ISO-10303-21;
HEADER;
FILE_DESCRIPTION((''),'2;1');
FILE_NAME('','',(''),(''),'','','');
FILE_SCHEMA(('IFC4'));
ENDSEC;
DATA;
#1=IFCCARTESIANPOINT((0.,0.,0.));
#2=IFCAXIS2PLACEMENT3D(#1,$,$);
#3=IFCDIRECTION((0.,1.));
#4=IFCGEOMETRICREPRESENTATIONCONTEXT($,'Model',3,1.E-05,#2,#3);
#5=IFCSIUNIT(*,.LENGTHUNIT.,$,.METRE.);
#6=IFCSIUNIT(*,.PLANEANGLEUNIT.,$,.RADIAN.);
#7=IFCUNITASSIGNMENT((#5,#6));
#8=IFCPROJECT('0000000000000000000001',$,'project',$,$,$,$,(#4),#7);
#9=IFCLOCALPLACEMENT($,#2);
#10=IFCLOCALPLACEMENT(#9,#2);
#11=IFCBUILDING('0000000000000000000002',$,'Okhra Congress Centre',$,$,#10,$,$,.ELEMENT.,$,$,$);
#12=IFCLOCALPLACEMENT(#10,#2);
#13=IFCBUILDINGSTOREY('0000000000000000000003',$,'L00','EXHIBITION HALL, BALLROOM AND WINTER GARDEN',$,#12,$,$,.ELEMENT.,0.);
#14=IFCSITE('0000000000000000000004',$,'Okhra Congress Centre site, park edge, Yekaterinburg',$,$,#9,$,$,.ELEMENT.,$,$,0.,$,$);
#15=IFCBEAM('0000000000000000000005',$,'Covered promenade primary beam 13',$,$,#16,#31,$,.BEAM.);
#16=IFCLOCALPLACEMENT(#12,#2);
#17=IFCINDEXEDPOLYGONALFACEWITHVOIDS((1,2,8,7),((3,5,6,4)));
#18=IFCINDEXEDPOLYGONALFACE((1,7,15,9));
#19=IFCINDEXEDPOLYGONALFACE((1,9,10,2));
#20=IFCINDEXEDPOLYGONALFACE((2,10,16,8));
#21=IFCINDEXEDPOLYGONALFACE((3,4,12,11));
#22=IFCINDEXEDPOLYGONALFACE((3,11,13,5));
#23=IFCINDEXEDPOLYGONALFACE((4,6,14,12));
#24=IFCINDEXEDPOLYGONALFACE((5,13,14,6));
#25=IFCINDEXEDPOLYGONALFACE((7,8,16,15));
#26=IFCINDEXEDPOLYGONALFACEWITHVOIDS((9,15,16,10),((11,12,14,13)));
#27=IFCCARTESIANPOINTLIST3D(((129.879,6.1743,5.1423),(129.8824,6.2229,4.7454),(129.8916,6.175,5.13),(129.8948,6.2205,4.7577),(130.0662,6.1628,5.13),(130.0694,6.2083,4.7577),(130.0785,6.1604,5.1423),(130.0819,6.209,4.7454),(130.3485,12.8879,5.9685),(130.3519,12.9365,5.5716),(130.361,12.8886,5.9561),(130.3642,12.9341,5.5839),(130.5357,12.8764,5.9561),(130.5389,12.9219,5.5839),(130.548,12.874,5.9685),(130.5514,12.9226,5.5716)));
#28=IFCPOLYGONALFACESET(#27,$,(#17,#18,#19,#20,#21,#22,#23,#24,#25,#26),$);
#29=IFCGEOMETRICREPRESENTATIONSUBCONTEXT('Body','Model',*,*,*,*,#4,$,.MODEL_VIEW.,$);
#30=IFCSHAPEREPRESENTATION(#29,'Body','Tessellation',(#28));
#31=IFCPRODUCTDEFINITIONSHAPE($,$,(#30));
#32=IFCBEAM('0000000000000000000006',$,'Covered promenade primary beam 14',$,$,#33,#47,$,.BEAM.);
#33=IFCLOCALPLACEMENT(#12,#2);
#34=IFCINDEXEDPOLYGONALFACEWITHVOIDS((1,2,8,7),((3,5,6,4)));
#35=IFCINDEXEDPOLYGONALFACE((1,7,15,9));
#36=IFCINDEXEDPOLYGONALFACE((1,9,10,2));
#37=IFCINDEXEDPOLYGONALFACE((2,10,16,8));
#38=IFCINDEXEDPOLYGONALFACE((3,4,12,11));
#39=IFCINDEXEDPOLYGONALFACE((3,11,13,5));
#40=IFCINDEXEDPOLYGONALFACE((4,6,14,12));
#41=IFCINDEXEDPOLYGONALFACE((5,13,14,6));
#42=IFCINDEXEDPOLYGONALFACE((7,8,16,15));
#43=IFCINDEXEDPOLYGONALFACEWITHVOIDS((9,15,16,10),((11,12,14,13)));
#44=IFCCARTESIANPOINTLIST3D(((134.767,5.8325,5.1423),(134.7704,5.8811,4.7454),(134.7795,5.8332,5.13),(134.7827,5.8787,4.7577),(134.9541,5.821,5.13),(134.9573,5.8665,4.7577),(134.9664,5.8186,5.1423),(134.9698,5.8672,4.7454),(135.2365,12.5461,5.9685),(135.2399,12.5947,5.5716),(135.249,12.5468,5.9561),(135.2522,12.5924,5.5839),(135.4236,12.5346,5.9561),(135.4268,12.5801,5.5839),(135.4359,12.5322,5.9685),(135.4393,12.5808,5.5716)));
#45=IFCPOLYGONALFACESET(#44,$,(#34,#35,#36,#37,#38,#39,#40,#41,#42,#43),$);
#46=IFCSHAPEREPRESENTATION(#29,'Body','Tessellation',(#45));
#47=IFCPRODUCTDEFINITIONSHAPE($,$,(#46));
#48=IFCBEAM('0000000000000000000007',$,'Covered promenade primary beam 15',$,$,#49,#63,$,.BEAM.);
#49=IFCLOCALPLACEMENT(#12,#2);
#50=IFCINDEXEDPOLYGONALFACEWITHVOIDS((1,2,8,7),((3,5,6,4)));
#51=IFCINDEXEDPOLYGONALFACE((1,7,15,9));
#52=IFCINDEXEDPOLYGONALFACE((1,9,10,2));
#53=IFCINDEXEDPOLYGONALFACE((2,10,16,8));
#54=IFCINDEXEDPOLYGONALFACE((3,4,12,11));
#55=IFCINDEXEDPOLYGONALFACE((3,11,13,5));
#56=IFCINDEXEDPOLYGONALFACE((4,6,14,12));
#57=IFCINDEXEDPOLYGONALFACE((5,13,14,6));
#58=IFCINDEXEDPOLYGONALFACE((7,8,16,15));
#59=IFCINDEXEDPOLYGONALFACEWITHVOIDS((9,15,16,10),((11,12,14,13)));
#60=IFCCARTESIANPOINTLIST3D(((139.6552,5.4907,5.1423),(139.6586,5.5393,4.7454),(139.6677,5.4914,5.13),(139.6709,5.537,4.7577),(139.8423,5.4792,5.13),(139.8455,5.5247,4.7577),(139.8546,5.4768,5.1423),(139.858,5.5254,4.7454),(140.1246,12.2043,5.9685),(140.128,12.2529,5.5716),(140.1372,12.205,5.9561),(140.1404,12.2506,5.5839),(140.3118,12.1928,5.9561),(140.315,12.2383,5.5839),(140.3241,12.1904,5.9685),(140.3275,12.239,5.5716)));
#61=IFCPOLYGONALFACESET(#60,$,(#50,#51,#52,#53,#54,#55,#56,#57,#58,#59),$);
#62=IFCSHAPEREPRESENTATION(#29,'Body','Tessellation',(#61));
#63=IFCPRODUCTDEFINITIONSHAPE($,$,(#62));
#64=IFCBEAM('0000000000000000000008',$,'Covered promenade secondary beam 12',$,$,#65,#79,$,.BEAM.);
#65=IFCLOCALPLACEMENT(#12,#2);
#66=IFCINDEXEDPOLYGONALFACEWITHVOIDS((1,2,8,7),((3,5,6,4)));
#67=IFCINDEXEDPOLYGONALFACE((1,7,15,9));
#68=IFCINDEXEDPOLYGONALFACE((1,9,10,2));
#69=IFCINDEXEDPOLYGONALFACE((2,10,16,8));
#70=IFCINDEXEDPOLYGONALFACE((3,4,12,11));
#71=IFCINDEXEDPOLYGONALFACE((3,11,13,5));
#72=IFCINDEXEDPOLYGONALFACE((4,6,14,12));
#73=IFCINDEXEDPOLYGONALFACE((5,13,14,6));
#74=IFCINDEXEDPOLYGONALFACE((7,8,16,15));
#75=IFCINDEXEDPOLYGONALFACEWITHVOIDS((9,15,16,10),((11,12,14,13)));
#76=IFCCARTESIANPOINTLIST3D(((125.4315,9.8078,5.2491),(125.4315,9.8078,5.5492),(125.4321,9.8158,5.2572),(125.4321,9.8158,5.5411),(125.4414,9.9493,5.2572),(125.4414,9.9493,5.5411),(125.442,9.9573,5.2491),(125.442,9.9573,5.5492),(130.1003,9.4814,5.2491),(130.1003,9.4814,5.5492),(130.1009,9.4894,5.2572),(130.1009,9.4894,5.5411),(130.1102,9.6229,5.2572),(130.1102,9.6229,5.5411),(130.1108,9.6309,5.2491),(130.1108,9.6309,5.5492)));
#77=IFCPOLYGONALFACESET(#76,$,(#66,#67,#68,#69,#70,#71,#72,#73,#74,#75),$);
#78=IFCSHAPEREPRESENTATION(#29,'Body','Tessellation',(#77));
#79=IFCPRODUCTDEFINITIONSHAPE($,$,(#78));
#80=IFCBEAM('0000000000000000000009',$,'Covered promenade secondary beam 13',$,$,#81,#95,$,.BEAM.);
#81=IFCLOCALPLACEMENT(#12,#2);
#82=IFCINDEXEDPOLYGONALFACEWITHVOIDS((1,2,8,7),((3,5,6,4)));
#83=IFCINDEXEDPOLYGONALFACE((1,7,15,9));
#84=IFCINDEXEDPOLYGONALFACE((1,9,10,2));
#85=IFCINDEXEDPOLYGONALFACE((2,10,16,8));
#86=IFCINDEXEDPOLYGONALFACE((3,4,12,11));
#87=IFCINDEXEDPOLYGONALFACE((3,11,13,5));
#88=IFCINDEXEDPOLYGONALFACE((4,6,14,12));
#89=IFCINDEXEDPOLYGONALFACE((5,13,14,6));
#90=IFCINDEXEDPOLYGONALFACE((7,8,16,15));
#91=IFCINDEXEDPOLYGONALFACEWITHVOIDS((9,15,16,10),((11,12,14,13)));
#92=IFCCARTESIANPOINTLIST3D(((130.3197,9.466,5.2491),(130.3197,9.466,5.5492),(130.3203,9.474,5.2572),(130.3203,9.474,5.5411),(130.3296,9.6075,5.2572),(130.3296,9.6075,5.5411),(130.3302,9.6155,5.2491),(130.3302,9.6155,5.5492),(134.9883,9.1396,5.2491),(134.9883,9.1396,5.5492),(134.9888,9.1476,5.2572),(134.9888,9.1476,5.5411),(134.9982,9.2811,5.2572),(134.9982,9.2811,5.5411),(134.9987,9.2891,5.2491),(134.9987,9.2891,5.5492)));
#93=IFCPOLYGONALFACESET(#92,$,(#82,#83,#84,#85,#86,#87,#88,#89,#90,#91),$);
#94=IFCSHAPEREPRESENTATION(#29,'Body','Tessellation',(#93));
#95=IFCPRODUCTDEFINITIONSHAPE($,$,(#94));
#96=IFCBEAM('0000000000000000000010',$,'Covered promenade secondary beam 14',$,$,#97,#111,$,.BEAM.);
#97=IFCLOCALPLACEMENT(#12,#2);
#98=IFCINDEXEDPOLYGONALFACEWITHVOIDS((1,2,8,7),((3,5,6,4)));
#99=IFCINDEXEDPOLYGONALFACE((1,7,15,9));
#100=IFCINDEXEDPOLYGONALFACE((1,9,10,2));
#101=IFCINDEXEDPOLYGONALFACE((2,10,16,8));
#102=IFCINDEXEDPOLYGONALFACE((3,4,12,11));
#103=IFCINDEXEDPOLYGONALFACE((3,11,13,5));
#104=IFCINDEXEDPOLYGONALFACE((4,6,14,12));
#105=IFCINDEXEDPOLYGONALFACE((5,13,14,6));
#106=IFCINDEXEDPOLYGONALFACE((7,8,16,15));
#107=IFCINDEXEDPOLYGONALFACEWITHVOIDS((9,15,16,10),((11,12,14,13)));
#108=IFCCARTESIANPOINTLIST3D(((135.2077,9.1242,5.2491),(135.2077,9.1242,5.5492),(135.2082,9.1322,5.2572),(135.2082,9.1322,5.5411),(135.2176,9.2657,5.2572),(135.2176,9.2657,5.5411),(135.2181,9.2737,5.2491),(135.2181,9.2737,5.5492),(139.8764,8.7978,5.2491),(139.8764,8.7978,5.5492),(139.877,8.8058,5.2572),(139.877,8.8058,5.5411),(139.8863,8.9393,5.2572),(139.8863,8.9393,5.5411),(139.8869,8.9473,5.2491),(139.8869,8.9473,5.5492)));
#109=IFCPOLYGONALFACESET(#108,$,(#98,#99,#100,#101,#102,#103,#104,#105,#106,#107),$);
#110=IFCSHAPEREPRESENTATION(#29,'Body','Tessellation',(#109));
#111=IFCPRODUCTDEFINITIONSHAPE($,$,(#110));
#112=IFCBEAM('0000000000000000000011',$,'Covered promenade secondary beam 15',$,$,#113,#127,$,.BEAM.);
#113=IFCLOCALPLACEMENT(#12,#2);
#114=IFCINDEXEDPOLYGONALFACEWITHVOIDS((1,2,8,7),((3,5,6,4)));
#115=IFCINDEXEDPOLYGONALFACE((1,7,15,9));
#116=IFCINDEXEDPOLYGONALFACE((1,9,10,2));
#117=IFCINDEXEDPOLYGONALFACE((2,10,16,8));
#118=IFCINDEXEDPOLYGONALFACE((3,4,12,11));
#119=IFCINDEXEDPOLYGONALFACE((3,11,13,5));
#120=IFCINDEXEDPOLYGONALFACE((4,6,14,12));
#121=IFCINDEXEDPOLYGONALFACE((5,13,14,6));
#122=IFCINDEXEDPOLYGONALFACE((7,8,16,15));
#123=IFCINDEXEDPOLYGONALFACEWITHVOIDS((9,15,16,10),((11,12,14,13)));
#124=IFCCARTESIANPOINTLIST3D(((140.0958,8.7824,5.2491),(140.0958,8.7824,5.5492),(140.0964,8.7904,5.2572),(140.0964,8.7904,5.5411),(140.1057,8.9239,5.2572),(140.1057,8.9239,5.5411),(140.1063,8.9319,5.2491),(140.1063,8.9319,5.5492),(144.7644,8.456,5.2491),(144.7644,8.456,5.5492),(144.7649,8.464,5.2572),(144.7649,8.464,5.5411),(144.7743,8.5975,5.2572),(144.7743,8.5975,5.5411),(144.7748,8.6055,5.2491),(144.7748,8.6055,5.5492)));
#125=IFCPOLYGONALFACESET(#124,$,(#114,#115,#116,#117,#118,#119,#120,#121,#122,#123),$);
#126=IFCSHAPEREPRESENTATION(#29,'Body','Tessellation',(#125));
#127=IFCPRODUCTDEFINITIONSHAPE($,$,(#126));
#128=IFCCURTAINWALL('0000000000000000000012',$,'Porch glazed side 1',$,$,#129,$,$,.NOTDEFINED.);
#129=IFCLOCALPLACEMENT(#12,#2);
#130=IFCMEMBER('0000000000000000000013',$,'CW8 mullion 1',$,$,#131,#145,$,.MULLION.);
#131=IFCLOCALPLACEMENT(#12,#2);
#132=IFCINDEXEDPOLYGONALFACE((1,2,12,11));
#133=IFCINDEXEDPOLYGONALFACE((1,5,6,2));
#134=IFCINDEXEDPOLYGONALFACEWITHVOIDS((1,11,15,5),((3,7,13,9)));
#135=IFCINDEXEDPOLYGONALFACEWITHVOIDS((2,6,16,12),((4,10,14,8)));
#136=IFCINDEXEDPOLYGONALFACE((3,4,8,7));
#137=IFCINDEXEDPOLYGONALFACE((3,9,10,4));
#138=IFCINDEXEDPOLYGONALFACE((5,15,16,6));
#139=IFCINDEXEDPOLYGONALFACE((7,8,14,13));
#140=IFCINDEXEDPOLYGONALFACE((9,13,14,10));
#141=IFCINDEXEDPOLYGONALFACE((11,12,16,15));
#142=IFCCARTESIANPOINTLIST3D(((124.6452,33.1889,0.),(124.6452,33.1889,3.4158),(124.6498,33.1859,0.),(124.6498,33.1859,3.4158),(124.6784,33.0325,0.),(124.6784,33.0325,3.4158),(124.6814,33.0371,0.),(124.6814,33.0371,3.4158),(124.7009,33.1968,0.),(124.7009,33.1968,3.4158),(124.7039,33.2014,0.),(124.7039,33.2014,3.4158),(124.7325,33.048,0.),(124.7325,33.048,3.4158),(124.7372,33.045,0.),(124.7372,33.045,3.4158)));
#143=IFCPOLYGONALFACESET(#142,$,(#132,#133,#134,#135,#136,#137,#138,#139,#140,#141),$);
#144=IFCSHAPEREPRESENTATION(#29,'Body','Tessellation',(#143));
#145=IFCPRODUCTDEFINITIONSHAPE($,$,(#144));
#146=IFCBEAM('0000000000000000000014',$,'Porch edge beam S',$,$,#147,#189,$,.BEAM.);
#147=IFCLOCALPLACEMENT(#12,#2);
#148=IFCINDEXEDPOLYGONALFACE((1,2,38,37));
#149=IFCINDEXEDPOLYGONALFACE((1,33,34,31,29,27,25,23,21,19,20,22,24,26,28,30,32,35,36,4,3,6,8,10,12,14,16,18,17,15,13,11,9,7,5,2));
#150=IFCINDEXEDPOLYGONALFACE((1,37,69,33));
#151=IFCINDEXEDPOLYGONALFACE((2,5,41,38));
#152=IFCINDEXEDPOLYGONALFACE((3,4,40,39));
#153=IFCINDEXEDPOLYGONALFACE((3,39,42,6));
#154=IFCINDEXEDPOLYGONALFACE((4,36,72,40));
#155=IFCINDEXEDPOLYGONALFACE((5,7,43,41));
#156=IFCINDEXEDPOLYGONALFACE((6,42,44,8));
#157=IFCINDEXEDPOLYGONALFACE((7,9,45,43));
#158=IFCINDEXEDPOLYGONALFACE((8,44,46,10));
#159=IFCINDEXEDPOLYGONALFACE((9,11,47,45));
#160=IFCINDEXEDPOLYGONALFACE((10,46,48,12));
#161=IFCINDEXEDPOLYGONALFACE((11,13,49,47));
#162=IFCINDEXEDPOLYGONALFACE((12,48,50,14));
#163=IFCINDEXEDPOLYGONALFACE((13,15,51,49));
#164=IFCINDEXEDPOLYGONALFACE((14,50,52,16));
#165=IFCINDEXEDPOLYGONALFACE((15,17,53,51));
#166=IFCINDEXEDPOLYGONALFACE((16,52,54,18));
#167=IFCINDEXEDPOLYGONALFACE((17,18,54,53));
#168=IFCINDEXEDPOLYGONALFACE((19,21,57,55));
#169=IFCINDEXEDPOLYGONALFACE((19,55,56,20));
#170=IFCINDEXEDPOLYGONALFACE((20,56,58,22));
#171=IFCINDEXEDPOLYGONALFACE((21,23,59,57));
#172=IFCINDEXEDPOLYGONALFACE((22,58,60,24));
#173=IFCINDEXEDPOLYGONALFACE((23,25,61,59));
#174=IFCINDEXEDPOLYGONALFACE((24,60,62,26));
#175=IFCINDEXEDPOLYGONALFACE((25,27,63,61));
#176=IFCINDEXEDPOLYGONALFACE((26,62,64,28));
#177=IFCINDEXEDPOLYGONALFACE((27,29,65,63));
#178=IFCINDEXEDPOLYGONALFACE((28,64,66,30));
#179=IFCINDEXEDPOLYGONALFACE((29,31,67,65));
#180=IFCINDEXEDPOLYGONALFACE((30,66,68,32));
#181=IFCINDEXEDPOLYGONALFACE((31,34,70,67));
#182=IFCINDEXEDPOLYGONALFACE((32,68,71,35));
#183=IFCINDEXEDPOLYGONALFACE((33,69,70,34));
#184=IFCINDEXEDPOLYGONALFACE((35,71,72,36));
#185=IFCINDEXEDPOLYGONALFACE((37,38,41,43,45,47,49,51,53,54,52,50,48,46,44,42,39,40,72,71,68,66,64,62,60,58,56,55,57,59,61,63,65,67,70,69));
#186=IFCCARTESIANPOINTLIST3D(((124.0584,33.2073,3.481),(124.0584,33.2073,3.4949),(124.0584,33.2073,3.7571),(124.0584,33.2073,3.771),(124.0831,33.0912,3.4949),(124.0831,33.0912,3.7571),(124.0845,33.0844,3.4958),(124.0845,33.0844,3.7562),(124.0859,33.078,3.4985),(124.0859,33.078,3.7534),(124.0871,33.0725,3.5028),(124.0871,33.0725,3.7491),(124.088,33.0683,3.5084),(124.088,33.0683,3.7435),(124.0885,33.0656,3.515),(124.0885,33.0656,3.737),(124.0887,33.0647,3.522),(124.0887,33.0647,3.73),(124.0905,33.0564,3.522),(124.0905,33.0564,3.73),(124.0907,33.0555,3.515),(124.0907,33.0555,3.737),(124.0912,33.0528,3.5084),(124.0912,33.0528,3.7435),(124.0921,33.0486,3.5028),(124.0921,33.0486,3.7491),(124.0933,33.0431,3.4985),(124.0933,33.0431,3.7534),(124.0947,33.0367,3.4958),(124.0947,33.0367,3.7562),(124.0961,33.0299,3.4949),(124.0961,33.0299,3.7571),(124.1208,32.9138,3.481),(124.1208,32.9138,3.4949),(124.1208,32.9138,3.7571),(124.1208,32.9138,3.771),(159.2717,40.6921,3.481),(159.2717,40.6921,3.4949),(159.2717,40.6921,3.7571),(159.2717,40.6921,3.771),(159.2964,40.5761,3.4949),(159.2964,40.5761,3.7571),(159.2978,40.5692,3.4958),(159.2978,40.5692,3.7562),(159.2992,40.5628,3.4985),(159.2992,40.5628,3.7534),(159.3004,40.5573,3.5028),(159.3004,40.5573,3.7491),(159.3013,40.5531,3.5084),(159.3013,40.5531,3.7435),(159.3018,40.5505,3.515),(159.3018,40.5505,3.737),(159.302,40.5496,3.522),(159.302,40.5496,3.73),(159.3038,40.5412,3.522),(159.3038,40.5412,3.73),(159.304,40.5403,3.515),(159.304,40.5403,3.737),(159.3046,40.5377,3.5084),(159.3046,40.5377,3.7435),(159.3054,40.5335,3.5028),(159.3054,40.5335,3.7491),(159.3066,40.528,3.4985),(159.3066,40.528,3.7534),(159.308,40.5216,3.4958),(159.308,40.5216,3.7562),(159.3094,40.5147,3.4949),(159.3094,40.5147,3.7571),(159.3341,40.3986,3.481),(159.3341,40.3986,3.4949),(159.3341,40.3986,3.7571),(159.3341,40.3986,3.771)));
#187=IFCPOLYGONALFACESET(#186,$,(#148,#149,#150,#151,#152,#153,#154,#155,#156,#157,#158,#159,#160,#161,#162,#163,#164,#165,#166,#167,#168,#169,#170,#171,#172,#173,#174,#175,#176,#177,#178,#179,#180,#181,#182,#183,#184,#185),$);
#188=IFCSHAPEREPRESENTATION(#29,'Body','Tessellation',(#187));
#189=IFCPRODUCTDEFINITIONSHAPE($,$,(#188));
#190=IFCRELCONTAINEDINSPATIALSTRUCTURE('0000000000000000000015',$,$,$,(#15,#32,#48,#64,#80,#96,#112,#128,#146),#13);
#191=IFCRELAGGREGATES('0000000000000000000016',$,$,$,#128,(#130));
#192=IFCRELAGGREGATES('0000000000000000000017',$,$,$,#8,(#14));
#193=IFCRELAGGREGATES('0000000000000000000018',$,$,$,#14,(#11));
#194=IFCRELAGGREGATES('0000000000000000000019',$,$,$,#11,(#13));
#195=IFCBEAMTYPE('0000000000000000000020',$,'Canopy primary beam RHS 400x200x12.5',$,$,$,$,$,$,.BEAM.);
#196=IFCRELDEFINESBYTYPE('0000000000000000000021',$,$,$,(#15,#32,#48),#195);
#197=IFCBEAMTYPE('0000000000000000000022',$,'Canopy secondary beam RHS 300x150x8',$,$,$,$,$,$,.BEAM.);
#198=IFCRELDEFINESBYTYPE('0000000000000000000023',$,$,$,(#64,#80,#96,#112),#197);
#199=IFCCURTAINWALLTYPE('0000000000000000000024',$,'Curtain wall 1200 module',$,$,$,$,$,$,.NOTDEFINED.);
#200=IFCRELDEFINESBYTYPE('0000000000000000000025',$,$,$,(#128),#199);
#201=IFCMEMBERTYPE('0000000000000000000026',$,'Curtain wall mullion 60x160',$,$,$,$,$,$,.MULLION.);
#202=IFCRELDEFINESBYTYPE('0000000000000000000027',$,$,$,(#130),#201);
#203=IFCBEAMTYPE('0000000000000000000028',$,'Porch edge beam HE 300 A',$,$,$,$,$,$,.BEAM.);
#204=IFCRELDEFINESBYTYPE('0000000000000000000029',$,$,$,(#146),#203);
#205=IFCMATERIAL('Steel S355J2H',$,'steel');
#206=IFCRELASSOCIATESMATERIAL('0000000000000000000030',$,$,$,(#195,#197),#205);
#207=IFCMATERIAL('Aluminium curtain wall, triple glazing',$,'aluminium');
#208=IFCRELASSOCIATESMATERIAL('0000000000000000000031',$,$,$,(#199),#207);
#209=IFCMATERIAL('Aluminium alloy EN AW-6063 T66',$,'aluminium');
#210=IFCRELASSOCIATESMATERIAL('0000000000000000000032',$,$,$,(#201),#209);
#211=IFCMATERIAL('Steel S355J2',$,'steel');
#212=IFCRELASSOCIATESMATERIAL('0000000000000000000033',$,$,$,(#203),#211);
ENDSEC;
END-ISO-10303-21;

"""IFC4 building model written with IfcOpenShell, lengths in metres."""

from ifc_helpers import new_model, si_unit, direction, frame, origin, origin_2d, place, context, subcontext, project, spatial, hollow_rectangle, i_section, extrude, material, material_profile, profile_set, type_object, element, aggregate, save


model = new_model("IFC4")

# Units and contexts
model_context = context("Model", 3, precision=1e-05, world=origin(), true_north=direction((0.0, 1.0)))
body_context = subcontext(model_context, "Body", "Model", "MODEL_VIEW")
ifc_project = project(units=[si_unit("LENGTHUNIT", "METRE"), si_unit("PLANEANGLEUNIT", "RADIAN")], contexts=[model_context])

# Site, building, storey
site_placement = place(None, origin())
site = spatial("IfcSite", under=ifc_project, at=site_placement, Name="Okhra Congress Centre site, park edge, Yekaterinburg", CompositionType="ELEMENT", RefElevation=0.0)
building_placement = place(site_placement, origin())
building = spatial("IfcBuilding", under=site, at=building_placement, Name="Okhra Congress Centre", CompositionType="ELEMENT")
storey_placement = place(building_placement, origin())
storey = spatial("IfcBuildingStorey", under=building, at=storey_placement, Name="L00", Description="EXHIBITION HALL, BALLROOM AND WINTER GARDEN", CompositionType="ELEMENT", Elevation=0.0)

# Shared definitions
ifc_material_1 = material(Name="Steel S355J2H", Category="steel")

# Beams
ifc_material_profile_1 = material_profile(ifc_material_1, hollow_rectangle(XDim=0.2, YDim=0.3999, WallThickness=0.0125, at=origin_2d()), Name="RHS 400x200x12.5")
ifc_profile_set_1 = profile_set([ifc_material_profile_1], Name="Steel S355J2H")
beam_type_1 = type_object("IfcBeamType", Name="Canopy primary beam RHS 400x200x12.5", PredefinedType="BEAM", material=ifc_profile_set_1)
for number, where, z_axis, x_axis, name in (
    (1, (129.9805, 6.1917, 4.9438), (0.06924, 0.990131, 0.121845), (-0.997564, 0.069759, 0.0), "Covered promenade primary beam 13"),
    (2, (134.8684, 5.8499, 4.9438), (0.06924, 0.990131, 0.121845), (-0.997564, 0.069759, 0.0), "Covered promenade primary beam 14"),
    (3, (139.7566, 5.5081, 4.9438), (0.06924, 0.990131, 0.121845), (-0.997564, 0.069759, 0.0), "Covered promenade primary beam 15"),
):
    element("IfcBeam", number, at=place(storey_placement, frame(where, z_axis=z_axis, x_axis=x_axis)), inside=storey, type_object=beam_type_1, Name=name, PredefinedType="BEAM", context=body_context, shape_type="SweptSolid", body=[
        extrude(hollow_rectangle(XDim=0.2, YDim=0.3999, WallThickness=0.0125, at=origin_2d()), origin(), (0.0, 0.0, 1.0), 6.7805),
    ])
ifc_material_profile_2 = material_profile(ifc_material_1, hollow_rectangle(XDim=0.1499, YDim=0.3, WallThickness=0.0081, at=origin_2d()), Name="RHS 300x150x8")
ifc_profile_set_2 = profile_set([ifc_material_profile_2], Name="Steel S355J2H")
beam_type_2 = type_object("IfcBeamType", Name="Canopy secondary beam RHS 300x150x8", PredefinedType="BEAM", material=ifc_profile_set_2)
beam_1_placement = place(storey_placement, frame((125.4368, 9.8826, 5.3992), z_axis=(0.997565, -0.069746, 0.0), x_axis=(0.069746, 0.997565, 0.0)))
element("IfcBeam", 4, at=beam_1_placement, inside=storey, type_object=beam_type_2, Name="Covered promenade secondary beam 12", PredefinedType="BEAM", context=body_context, shape_type="SweptSolid", body=[
    extrude(hollow_rectangle(XDim=0.1499, YDim=0.3, WallThickness=0.0081, at=origin_2d()), origin(), (0.0, 0.0, 1.0), 4.6802),
])
beam_2_placement = place(storey_placement, frame((130.325, 9.5408, 5.3992), z_axis=(0.997565, -0.069749, 0.0), x_axis=(0.069749, 0.997565, 0.0)))
element("IfcBeam", 5, at=beam_2_placement, inside=storey, type_object=beam_type_2, Name="Covered promenade secondary beam 13", PredefinedType="BEAM", context=body_context, shape_type="SweptSolid", body=[
    extrude(hollow_rectangle(XDim=0.1499, YDim=0.3, WallThickness=0.0081, at=origin_2d()), origin(), (0.0, 0.0, 1.0), 4.6799),
])
beam_3_placement = place(storey_placement, frame((135.2129, 9.199, 5.3992), z_axis=(0.997565, -0.069746, 0.0), x_axis=(0.069746, 0.997565, 0.0)))
element("IfcBeam", 6, at=beam_3_placement, inside=storey, type_object=beam_type_2, Name="Covered promenade secondary beam 14", PredefinedType="BEAM", context=body_context, shape_type="SweptSolid", body=[
    extrude(hollow_rectangle(XDim=0.1499, YDim=0.3, WallThickness=0.0081, at=origin_2d()), origin(), (0.0, 0.0, 1.0), 4.6802),
])
beam_4_placement = place(storey_placement, frame((140.1011, 8.8572, 5.3992), z_axis=(0.997565, -0.069749, 0.0), x_axis=(0.069749, 0.997565, 0.0)))
element("IfcBeam", 7, at=beam_4_placement, inside=storey, type_object=beam_type_2, Name="Covered promenade secondary beam 15", PredefinedType="BEAM", context=body_context, shape_type="SweptSolid", body=[
    extrude(hollow_rectangle(XDim=0.1499, YDim=0.3, WallThickness=0.0081, at=origin_2d()), origin(), (0.0, 0.0, 1.0), 4.6799),
])

# Curtain wall, member
ifc_material_2 = material(Name="Aluminium curtain wall, triple glazing", Category="aluminium")
curtain_wall_type = type_object("IfcCurtainWallType", Name="Curtain wall 1200 module", PredefinedType="NOTDEFINED", material=ifc_material_2)
curtain_wall_placement = place(storey_placement, origin())
curtain_wall = element("IfcCurtainWall", 8, at=curtain_wall_placement, inside=storey, type_object=curtain_wall_type, Name="Porch glazed side 1", PredefinedType="NOTDEFINED")
ifc_material_3 = material(Name="Aluminium alloy EN AW-6063 T66", Category="aluminium")
ifc_material_profile_3 = material_profile(ifc_material_3, hollow_rectangle(XDim=0.0601, YDim=0.1599, WallThickness=0.0039, at=origin_2d()), Name="RHS 60x160x4")
ifc_profile_set_3 = profile_set([ifc_material_profile_3], Name="Aluminium alloy EN AW-6063 T66")
member_type = type_object("IfcMemberType", Name="Curtain wall mullion 60x160", PredefinedType="MULLION", material=ifc_profile_set_3)
member_placement = place(storey_placement, frame((124.6912, 33.1169, 0.0), z_axis=(0.0, 0.0, 1.0), x_axis=(-0.978148, -0.207912, 0.0)))
member = element("IfcMember", 9, at=member_placement, type_object=member_type, Name="CW8 mullion 1", PredefinedType="MULLION", context=body_context, shape_type="SweptSolid", body=[
    extrude(hollow_rectangle(XDim=0.0601, YDim=0.1599, WallThickness=0.0039, at=origin_2d()), origin(), (0.0, 0.0, 1.0), 3.4158),
])
aggregate(curtain_wall, [member])

# Beam
ifc_material_4 = material(Name="Steel S355J2", Category="steel")
ifc_material_profile_4 = material_profile(ifc_material_4, i_section(OverallWidth=0.3, OverallDepth=0.29, WebThickness=0.0085, FlangeThickness=0.0139, FilletRadius=0.0271, at=origin_2d()), Name="HE 300 A")
ifc_profile_set_4 = profile_set([ifc_material_profile_4], Name="Steel S355J2")
beam_type_3 = type_object("IfcBeamType", Name="Porch edge beam HE 300 A", PredefinedType="BEAM", material=ifc_profile_set_4)
beam_5_placement = place(storey_placement, frame((124.0896, 33.0605, 3.626), z_axis=(0.978147, 0.207912, 0.0), x_axis=(-0.207912, 0.978147, 0.0)))
element("IfcBeam", 10, at=beam_5_placement, inside=storey, type_object=beam_type_3, Name="Porch edge beam S", PredefinedType="BEAM", context=body_context, shape_type="SweptSolid", body=[
    extrude(i_section(OverallWidth=0.3, OverallDepth=0.29, WebThickness=0.0085, FlangeThickness=0.0139, FilletRadius=0.0271, at=origin_2d()), origin(), (0.0, 0.0, 1.0), 36.0),
])

save(model, "model.ifc")
